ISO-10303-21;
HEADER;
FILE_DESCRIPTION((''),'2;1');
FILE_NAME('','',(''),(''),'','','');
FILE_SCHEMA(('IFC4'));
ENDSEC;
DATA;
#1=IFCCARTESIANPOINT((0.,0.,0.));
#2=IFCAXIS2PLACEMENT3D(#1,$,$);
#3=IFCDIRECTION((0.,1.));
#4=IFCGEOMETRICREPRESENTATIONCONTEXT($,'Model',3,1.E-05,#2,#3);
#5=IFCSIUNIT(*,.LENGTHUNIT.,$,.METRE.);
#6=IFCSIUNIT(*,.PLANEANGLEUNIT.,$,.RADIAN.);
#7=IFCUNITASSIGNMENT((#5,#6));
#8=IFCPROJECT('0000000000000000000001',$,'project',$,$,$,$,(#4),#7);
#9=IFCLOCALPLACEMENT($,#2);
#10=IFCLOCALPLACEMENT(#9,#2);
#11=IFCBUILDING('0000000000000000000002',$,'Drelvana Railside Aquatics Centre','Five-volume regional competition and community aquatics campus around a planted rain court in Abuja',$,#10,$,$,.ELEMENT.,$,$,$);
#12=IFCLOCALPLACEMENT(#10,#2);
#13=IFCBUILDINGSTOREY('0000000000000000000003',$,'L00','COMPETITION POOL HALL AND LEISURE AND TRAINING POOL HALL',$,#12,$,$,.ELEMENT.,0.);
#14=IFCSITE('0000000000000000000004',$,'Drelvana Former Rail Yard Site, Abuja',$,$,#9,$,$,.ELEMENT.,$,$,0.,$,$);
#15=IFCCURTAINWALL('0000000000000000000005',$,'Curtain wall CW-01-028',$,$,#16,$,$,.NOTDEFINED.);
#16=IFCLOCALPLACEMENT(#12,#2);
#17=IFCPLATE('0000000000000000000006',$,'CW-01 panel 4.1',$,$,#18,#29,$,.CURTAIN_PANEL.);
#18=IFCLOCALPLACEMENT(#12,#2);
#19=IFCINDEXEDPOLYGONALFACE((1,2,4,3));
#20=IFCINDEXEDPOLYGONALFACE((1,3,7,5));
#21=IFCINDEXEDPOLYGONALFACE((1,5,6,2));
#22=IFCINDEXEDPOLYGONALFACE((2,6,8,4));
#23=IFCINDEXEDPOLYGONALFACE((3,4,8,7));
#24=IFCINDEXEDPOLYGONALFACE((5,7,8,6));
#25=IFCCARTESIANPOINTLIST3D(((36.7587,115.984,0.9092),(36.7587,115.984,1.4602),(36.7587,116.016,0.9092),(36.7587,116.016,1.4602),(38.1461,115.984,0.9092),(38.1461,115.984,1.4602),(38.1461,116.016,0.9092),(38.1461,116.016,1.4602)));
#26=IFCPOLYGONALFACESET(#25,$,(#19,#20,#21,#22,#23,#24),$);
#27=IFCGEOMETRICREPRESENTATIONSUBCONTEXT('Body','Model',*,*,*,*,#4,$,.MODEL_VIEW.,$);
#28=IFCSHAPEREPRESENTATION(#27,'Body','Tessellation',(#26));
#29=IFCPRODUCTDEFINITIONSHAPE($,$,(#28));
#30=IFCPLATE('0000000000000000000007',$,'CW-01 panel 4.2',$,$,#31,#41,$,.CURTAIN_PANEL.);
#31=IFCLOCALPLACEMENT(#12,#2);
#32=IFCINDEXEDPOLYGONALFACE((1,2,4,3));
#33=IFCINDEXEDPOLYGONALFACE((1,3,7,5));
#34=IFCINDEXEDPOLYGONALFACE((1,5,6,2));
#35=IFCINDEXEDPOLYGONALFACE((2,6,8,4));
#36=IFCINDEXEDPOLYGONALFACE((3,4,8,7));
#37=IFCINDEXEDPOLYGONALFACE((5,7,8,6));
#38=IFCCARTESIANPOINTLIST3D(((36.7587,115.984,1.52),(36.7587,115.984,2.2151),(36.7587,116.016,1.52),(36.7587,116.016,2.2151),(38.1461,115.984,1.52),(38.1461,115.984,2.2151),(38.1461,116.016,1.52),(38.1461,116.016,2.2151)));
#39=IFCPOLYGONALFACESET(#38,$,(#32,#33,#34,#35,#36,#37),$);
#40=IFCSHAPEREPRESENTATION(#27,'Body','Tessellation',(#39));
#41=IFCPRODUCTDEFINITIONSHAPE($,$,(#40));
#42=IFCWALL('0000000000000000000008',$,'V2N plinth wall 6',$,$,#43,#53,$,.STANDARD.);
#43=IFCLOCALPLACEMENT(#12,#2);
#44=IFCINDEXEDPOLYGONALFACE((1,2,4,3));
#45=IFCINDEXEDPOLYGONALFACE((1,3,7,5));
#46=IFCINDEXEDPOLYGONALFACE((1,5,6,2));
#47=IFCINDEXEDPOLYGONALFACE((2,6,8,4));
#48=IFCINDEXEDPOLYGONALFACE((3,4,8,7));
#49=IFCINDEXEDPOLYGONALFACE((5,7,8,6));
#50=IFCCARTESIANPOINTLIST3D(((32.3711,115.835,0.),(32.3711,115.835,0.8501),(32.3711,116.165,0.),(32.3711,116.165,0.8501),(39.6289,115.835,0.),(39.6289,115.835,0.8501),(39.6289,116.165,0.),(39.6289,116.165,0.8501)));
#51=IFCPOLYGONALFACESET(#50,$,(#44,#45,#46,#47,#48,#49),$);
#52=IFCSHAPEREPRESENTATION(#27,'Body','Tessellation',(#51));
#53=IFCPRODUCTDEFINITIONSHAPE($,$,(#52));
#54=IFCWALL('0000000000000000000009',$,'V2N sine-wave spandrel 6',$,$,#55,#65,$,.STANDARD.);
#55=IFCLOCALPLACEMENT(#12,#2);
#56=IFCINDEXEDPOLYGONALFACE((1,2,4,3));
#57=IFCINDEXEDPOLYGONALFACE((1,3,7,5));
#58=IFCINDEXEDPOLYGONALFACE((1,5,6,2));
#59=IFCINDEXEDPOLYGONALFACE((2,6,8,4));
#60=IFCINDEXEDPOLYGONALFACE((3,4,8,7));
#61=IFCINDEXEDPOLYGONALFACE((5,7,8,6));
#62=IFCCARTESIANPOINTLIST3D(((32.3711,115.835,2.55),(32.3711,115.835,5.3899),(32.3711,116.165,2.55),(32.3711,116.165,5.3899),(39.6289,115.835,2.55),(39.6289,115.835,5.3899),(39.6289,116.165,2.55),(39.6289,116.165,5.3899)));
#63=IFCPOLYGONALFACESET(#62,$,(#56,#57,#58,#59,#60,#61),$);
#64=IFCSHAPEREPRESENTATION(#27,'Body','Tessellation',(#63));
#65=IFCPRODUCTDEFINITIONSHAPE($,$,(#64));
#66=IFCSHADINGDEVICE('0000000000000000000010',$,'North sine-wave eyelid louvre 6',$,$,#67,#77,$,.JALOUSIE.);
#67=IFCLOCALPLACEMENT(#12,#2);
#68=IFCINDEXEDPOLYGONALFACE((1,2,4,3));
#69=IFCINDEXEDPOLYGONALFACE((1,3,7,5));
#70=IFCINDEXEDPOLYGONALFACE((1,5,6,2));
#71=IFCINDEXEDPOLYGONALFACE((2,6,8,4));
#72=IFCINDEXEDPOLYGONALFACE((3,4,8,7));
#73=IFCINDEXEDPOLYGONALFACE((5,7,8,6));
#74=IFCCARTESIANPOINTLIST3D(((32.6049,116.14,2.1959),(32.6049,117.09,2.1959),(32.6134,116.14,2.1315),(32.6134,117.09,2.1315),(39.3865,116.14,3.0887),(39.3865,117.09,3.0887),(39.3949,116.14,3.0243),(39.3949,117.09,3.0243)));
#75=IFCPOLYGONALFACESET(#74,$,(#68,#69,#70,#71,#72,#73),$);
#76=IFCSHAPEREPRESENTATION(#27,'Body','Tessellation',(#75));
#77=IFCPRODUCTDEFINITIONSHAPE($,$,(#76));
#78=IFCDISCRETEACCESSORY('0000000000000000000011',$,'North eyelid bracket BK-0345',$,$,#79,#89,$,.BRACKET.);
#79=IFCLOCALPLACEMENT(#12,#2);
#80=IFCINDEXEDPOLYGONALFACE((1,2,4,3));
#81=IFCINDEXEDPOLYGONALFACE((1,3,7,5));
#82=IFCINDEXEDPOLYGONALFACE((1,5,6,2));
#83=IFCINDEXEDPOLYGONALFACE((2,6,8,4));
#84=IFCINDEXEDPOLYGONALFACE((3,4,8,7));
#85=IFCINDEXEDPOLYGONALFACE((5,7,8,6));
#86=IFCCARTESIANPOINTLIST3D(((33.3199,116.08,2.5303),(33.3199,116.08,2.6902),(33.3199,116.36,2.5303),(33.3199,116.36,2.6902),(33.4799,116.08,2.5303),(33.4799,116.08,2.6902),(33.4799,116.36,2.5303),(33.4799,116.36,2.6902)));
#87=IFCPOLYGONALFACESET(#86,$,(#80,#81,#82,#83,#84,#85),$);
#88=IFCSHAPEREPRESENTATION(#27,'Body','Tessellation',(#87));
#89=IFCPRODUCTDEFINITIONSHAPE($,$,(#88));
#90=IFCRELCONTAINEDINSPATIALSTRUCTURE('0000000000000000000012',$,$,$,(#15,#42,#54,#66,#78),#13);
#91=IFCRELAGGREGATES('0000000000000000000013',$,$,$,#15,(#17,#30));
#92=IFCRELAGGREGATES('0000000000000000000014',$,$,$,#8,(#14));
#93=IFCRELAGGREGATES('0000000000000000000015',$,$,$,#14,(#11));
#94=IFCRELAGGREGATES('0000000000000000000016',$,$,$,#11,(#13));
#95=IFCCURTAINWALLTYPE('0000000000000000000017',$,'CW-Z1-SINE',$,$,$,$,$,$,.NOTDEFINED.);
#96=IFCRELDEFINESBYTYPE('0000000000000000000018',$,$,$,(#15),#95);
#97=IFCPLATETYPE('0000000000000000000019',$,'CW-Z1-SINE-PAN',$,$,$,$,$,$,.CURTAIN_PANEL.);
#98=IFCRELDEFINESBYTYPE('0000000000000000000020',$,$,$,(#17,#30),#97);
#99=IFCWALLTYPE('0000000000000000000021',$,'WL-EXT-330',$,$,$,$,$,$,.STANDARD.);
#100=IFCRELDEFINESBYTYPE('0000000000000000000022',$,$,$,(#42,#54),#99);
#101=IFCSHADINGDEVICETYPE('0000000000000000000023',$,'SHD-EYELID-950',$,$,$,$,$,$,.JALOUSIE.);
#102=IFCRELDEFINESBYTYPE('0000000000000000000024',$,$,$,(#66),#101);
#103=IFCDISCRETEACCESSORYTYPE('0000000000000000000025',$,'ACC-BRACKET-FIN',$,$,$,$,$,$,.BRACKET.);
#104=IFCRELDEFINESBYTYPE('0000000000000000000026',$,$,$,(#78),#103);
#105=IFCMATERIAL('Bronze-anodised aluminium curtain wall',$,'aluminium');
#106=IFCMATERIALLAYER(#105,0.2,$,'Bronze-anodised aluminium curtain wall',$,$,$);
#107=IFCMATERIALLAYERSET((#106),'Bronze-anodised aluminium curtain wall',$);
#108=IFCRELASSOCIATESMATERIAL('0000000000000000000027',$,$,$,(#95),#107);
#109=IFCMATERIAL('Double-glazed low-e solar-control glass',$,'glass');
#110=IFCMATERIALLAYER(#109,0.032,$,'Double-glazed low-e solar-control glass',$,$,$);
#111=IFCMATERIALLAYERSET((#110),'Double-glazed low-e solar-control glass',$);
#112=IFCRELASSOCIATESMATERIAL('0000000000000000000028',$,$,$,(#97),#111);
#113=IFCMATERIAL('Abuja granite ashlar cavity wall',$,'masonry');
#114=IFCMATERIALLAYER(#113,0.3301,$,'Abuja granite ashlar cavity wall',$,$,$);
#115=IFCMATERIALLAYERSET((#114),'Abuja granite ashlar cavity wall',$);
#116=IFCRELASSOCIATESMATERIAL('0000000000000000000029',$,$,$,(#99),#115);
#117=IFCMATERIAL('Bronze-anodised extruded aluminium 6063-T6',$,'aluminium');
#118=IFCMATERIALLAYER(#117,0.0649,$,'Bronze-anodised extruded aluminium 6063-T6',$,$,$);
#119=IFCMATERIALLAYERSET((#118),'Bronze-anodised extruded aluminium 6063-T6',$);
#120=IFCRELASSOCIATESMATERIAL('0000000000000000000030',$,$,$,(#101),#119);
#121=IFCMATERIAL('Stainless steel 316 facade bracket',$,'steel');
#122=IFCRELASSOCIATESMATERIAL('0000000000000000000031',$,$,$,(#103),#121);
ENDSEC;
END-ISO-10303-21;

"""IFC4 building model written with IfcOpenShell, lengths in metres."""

from ifc_helpers import new_model, si_unit, direction, frame, frame_2d, origin, origin_2d, place, context, subcontext, project, spatial, rectangle, extrude, material, layer, layer_set, type_object, element, aggregate, save


model = new_model("IFC4")

# Units and contexts
model_context = context("Model", 3, precision=1e-05, world=origin(), true_north=direction((0.0, 1.0)))
body_context = subcontext(model_context, "Body", "Model", "MODEL_VIEW")
ifc_project = project(units=[si_unit("LENGTHUNIT", "METRE"), si_unit("PLANEANGLEUNIT", "RADIAN")], contexts=[model_context])

# Site, building, storey
site_placement = place(None, origin())
site = spatial("IfcSite", under=ifc_project, at=site_placement, Name="Drelvana Former Rail Yard Site, Abuja", CompositionType="ELEMENT", RefElevation=0.0)
building_placement = place(site_placement, origin())
building = spatial("IfcBuilding", under=site, at=building_placement, Name="Drelvana Railside Aquatics Centre", Description="Five-volume regional competition and community aquatics campus around a planted rain court in Abuja", CompositionType="ELEMENT")
storey_placement = place(building_placement, origin())
storey = spatial("IfcBuildingStorey", under=building, at=storey_placement, Name="L00", Description="COMPETITION POOL HALL AND LEISURE AND TRAINING POOL HALL", CompositionType="ELEMENT", Elevation=0.0)

# Curtain wall
ifc_material_1 = material(Name="Bronze-anodised aluminium curtain wall", Category="aluminium")
ifc_layer_1 = layer(ifc_material_1, 0.2, Name="Bronze-anodised aluminium curtain wall")
ifc_layer_set_1 = layer_set([ifc_layer_1], Name="Bronze-anodised aluminium curtain wall")
curtain_wall_type = type_object("IfcCurtainWallType", Name="CW-Z1-SINE", PredefinedType="NOTDEFINED", material=ifc_layer_set_1)
curtain_wall_placement = place(storey_placement, origin())
curtain_wall = element("IfcCurtainWall", 1, at=curtain_wall_placement, inside=storey, type_object=curtain_wall_type, Name="Curtain wall CW-01-028", PredefinedType="NOTDEFINED")

# Plates
ifc_material_2 = material(Name="Double-glazed low-e solar-control glass", Category="glass")
ifc_layer_2 = layer(ifc_material_2, 0.032, Name="Double-glazed low-e solar-control glass")
ifc_layer_set_2 = layer_set([ifc_layer_2], Name="Double-glazed low-e solar-control glass")
plate_type = type_object("IfcPlateType", Name="CW-Z1-SINE-PAN", PredefinedType="CURTAIN_PANEL", material=ifc_layer_set_2)
plate_1_placement = place(storey_placement, frame((37.4524, 116.0, 0.9092), z_axis=(0.0, 0.0, 1.0), x_axis=(1.0, 0.0, 0.0)))
plate_1 = element("IfcPlate", 2, at=plate_1_placement, type_object=plate_type, Name="CW-01 panel 4.1", PredefinedType="CURTAIN_PANEL", context=body_context, shape_type="SweptSolid", body=[
    extrude(rectangle(XDim=1.3875, YDim=0.032, at=origin_2d()), origin(), (0.0, 0.0, 1.0), 0.551),
])
plate_2_placement = place(storey_placement, frame((37.4524, 116.0, 1.52), z_axis=(0.0, 0.0, 1.0), x_axis=(1.0, 0.0, 0.0)))
plate_2 = element("IfcPlate", 3, at=plate_2_placement, type_object=plate_type, Name="CW-01 panel 4.2", PredefinedType="CURTAIN_PANEL", context=body_context, shape_type="SweptSolid", body=[
    extrude(rectangle(XDim=1.3875, YDim=0.032, at=origin_2d()), origin(), (0.0, 0.0, 1.0), 0.6951),
])
aggregate(curtain_wall, [plate_1, plate_2])

# Walls
ifc_material_3 = material(Name="Abuja granite ashlar cavity wall", Category="masonry")
ifc_layer_3 = layer(ifc_material_3, 0.3301, Name="Abuja granite ashlar cavity wall")
ifc_layer_set_3 = layer_set([ifc_layer_3], Name="Abuja granite ashlar cavity wall")
wall_type = type_object("IfcWallType", Name="WL-EXT-330", PredefinedType="STANDARD", material=ifc_layer_set_3)
wall_1_placement = place(storey_placement, frame((32.3711, 116.0, 0.0), z_axis=(0.0, 0.0, 1.0), x_axis=(1.0, 0.0, 0.0)))
element("IfcWall", 4, at=wall_1_placement, inside=storey, type_object=wall_type, Name="V2N plinth wall 6", PredefinedType="STANDARD", context=body_context, shape_type="SweptSolid", body=[
    extrude(rectangle(XDim=7.2578, YDim=0.3301, at=frame_2d((3.6289, 0.0))), origin(), (0.0, 0.0, 1.0), 0.8501),
])
wall_2_placement = place(storey_placement, frame((32.3711, 116.0, 2.55), z_axis=(0.0, 0.0, 1.0), x_axis=(1.0, 0.0, 0.0)))
element("IfcWall", 5, at=wall_2_placement, inside=storey, type_object=wall_type, Name="V2N sine-wave spandrel 6", PredefinedType="STANDARD", context=body_context, shape_type="SweptSolid", body=[
    extrude(rectangle(XDim=7.2578, YDim=0.3301, at=frame_2d((3.6289, 0.0))), origin(), (0.0, 0.0, 1.0), 2.8398),
])

# Shading device
ifc_material_4 = material(Name="Bronze-anodised extruded aluminium 6063-T6", Category="aluminium")
ifc_layer_4 = layer(ifc_material_4, 0.0649, Name="Bronze-anodised extruded aluminium 6063-T6")
ifc_layer_set_4 = layer_set([ifc_layer_4], Name="Bronze-anodised extruded aluminium 6063-T6")
shading_device_type = type_object("IfcShadingDeviceType", Name="SHD-EYELID-950", PredefinedType="JALOUSIE", material=ifc_layer_set_4)
shading_device_placement = place(storey_placement, frame((36.0042, 116.615, 2.5779), z_axis=(-0.130526, 0.0, 0.991445), x_axis=(0.0, 1.0, 0.0)))
element("IfcShadingDevice", 6, at=shading_device_placement, inside=storey, type_object=shading_device_type, Name="North sine-wave eyelid louvre 6", PredefinedType="JALOUSIE", context=body_context, shape_type="SweptSolid", body=[
    extrude(rectangle(XDim=0.95, YDim=6.8401, at=origin_2d()), origin(), (0.0, 0.0, 1.0), 0.0649),
])

# Discrete accessory
ifc_material_5 = material(Name="Stainless steel 316 facade bracket", Category="steel")
discrete_accessory_type = type_object("IfcDiscreteAccessoryType", Name="ACC-BRACKET-FIN", PredefinedType="BRACKET", material=ifc_material_5)
discrete_accessory_placement = place(storey_placement, frame((33.3999, 116.22, 2.5303), z_axis=(0.0, 0.0, 1.0), x_axis=(1.0, 0.0, 0.0)))
element("IfcDiscreteAccessory", 7, at=discrete_accessory_placement, inside=storey, type_object=discrete_accessory_type, Name="North eyelid bracket BK-0345", PredefinedType="BRACKET", context=body_context, shape_type="SweptSolid", body=[
    extrude(rectangle(XDim=0.1599, YDim=0.28, at=origin_2d()), origin(), (0.0, 0.0, 1.0), 0.1599),
])

save(model, "model.ifc")
